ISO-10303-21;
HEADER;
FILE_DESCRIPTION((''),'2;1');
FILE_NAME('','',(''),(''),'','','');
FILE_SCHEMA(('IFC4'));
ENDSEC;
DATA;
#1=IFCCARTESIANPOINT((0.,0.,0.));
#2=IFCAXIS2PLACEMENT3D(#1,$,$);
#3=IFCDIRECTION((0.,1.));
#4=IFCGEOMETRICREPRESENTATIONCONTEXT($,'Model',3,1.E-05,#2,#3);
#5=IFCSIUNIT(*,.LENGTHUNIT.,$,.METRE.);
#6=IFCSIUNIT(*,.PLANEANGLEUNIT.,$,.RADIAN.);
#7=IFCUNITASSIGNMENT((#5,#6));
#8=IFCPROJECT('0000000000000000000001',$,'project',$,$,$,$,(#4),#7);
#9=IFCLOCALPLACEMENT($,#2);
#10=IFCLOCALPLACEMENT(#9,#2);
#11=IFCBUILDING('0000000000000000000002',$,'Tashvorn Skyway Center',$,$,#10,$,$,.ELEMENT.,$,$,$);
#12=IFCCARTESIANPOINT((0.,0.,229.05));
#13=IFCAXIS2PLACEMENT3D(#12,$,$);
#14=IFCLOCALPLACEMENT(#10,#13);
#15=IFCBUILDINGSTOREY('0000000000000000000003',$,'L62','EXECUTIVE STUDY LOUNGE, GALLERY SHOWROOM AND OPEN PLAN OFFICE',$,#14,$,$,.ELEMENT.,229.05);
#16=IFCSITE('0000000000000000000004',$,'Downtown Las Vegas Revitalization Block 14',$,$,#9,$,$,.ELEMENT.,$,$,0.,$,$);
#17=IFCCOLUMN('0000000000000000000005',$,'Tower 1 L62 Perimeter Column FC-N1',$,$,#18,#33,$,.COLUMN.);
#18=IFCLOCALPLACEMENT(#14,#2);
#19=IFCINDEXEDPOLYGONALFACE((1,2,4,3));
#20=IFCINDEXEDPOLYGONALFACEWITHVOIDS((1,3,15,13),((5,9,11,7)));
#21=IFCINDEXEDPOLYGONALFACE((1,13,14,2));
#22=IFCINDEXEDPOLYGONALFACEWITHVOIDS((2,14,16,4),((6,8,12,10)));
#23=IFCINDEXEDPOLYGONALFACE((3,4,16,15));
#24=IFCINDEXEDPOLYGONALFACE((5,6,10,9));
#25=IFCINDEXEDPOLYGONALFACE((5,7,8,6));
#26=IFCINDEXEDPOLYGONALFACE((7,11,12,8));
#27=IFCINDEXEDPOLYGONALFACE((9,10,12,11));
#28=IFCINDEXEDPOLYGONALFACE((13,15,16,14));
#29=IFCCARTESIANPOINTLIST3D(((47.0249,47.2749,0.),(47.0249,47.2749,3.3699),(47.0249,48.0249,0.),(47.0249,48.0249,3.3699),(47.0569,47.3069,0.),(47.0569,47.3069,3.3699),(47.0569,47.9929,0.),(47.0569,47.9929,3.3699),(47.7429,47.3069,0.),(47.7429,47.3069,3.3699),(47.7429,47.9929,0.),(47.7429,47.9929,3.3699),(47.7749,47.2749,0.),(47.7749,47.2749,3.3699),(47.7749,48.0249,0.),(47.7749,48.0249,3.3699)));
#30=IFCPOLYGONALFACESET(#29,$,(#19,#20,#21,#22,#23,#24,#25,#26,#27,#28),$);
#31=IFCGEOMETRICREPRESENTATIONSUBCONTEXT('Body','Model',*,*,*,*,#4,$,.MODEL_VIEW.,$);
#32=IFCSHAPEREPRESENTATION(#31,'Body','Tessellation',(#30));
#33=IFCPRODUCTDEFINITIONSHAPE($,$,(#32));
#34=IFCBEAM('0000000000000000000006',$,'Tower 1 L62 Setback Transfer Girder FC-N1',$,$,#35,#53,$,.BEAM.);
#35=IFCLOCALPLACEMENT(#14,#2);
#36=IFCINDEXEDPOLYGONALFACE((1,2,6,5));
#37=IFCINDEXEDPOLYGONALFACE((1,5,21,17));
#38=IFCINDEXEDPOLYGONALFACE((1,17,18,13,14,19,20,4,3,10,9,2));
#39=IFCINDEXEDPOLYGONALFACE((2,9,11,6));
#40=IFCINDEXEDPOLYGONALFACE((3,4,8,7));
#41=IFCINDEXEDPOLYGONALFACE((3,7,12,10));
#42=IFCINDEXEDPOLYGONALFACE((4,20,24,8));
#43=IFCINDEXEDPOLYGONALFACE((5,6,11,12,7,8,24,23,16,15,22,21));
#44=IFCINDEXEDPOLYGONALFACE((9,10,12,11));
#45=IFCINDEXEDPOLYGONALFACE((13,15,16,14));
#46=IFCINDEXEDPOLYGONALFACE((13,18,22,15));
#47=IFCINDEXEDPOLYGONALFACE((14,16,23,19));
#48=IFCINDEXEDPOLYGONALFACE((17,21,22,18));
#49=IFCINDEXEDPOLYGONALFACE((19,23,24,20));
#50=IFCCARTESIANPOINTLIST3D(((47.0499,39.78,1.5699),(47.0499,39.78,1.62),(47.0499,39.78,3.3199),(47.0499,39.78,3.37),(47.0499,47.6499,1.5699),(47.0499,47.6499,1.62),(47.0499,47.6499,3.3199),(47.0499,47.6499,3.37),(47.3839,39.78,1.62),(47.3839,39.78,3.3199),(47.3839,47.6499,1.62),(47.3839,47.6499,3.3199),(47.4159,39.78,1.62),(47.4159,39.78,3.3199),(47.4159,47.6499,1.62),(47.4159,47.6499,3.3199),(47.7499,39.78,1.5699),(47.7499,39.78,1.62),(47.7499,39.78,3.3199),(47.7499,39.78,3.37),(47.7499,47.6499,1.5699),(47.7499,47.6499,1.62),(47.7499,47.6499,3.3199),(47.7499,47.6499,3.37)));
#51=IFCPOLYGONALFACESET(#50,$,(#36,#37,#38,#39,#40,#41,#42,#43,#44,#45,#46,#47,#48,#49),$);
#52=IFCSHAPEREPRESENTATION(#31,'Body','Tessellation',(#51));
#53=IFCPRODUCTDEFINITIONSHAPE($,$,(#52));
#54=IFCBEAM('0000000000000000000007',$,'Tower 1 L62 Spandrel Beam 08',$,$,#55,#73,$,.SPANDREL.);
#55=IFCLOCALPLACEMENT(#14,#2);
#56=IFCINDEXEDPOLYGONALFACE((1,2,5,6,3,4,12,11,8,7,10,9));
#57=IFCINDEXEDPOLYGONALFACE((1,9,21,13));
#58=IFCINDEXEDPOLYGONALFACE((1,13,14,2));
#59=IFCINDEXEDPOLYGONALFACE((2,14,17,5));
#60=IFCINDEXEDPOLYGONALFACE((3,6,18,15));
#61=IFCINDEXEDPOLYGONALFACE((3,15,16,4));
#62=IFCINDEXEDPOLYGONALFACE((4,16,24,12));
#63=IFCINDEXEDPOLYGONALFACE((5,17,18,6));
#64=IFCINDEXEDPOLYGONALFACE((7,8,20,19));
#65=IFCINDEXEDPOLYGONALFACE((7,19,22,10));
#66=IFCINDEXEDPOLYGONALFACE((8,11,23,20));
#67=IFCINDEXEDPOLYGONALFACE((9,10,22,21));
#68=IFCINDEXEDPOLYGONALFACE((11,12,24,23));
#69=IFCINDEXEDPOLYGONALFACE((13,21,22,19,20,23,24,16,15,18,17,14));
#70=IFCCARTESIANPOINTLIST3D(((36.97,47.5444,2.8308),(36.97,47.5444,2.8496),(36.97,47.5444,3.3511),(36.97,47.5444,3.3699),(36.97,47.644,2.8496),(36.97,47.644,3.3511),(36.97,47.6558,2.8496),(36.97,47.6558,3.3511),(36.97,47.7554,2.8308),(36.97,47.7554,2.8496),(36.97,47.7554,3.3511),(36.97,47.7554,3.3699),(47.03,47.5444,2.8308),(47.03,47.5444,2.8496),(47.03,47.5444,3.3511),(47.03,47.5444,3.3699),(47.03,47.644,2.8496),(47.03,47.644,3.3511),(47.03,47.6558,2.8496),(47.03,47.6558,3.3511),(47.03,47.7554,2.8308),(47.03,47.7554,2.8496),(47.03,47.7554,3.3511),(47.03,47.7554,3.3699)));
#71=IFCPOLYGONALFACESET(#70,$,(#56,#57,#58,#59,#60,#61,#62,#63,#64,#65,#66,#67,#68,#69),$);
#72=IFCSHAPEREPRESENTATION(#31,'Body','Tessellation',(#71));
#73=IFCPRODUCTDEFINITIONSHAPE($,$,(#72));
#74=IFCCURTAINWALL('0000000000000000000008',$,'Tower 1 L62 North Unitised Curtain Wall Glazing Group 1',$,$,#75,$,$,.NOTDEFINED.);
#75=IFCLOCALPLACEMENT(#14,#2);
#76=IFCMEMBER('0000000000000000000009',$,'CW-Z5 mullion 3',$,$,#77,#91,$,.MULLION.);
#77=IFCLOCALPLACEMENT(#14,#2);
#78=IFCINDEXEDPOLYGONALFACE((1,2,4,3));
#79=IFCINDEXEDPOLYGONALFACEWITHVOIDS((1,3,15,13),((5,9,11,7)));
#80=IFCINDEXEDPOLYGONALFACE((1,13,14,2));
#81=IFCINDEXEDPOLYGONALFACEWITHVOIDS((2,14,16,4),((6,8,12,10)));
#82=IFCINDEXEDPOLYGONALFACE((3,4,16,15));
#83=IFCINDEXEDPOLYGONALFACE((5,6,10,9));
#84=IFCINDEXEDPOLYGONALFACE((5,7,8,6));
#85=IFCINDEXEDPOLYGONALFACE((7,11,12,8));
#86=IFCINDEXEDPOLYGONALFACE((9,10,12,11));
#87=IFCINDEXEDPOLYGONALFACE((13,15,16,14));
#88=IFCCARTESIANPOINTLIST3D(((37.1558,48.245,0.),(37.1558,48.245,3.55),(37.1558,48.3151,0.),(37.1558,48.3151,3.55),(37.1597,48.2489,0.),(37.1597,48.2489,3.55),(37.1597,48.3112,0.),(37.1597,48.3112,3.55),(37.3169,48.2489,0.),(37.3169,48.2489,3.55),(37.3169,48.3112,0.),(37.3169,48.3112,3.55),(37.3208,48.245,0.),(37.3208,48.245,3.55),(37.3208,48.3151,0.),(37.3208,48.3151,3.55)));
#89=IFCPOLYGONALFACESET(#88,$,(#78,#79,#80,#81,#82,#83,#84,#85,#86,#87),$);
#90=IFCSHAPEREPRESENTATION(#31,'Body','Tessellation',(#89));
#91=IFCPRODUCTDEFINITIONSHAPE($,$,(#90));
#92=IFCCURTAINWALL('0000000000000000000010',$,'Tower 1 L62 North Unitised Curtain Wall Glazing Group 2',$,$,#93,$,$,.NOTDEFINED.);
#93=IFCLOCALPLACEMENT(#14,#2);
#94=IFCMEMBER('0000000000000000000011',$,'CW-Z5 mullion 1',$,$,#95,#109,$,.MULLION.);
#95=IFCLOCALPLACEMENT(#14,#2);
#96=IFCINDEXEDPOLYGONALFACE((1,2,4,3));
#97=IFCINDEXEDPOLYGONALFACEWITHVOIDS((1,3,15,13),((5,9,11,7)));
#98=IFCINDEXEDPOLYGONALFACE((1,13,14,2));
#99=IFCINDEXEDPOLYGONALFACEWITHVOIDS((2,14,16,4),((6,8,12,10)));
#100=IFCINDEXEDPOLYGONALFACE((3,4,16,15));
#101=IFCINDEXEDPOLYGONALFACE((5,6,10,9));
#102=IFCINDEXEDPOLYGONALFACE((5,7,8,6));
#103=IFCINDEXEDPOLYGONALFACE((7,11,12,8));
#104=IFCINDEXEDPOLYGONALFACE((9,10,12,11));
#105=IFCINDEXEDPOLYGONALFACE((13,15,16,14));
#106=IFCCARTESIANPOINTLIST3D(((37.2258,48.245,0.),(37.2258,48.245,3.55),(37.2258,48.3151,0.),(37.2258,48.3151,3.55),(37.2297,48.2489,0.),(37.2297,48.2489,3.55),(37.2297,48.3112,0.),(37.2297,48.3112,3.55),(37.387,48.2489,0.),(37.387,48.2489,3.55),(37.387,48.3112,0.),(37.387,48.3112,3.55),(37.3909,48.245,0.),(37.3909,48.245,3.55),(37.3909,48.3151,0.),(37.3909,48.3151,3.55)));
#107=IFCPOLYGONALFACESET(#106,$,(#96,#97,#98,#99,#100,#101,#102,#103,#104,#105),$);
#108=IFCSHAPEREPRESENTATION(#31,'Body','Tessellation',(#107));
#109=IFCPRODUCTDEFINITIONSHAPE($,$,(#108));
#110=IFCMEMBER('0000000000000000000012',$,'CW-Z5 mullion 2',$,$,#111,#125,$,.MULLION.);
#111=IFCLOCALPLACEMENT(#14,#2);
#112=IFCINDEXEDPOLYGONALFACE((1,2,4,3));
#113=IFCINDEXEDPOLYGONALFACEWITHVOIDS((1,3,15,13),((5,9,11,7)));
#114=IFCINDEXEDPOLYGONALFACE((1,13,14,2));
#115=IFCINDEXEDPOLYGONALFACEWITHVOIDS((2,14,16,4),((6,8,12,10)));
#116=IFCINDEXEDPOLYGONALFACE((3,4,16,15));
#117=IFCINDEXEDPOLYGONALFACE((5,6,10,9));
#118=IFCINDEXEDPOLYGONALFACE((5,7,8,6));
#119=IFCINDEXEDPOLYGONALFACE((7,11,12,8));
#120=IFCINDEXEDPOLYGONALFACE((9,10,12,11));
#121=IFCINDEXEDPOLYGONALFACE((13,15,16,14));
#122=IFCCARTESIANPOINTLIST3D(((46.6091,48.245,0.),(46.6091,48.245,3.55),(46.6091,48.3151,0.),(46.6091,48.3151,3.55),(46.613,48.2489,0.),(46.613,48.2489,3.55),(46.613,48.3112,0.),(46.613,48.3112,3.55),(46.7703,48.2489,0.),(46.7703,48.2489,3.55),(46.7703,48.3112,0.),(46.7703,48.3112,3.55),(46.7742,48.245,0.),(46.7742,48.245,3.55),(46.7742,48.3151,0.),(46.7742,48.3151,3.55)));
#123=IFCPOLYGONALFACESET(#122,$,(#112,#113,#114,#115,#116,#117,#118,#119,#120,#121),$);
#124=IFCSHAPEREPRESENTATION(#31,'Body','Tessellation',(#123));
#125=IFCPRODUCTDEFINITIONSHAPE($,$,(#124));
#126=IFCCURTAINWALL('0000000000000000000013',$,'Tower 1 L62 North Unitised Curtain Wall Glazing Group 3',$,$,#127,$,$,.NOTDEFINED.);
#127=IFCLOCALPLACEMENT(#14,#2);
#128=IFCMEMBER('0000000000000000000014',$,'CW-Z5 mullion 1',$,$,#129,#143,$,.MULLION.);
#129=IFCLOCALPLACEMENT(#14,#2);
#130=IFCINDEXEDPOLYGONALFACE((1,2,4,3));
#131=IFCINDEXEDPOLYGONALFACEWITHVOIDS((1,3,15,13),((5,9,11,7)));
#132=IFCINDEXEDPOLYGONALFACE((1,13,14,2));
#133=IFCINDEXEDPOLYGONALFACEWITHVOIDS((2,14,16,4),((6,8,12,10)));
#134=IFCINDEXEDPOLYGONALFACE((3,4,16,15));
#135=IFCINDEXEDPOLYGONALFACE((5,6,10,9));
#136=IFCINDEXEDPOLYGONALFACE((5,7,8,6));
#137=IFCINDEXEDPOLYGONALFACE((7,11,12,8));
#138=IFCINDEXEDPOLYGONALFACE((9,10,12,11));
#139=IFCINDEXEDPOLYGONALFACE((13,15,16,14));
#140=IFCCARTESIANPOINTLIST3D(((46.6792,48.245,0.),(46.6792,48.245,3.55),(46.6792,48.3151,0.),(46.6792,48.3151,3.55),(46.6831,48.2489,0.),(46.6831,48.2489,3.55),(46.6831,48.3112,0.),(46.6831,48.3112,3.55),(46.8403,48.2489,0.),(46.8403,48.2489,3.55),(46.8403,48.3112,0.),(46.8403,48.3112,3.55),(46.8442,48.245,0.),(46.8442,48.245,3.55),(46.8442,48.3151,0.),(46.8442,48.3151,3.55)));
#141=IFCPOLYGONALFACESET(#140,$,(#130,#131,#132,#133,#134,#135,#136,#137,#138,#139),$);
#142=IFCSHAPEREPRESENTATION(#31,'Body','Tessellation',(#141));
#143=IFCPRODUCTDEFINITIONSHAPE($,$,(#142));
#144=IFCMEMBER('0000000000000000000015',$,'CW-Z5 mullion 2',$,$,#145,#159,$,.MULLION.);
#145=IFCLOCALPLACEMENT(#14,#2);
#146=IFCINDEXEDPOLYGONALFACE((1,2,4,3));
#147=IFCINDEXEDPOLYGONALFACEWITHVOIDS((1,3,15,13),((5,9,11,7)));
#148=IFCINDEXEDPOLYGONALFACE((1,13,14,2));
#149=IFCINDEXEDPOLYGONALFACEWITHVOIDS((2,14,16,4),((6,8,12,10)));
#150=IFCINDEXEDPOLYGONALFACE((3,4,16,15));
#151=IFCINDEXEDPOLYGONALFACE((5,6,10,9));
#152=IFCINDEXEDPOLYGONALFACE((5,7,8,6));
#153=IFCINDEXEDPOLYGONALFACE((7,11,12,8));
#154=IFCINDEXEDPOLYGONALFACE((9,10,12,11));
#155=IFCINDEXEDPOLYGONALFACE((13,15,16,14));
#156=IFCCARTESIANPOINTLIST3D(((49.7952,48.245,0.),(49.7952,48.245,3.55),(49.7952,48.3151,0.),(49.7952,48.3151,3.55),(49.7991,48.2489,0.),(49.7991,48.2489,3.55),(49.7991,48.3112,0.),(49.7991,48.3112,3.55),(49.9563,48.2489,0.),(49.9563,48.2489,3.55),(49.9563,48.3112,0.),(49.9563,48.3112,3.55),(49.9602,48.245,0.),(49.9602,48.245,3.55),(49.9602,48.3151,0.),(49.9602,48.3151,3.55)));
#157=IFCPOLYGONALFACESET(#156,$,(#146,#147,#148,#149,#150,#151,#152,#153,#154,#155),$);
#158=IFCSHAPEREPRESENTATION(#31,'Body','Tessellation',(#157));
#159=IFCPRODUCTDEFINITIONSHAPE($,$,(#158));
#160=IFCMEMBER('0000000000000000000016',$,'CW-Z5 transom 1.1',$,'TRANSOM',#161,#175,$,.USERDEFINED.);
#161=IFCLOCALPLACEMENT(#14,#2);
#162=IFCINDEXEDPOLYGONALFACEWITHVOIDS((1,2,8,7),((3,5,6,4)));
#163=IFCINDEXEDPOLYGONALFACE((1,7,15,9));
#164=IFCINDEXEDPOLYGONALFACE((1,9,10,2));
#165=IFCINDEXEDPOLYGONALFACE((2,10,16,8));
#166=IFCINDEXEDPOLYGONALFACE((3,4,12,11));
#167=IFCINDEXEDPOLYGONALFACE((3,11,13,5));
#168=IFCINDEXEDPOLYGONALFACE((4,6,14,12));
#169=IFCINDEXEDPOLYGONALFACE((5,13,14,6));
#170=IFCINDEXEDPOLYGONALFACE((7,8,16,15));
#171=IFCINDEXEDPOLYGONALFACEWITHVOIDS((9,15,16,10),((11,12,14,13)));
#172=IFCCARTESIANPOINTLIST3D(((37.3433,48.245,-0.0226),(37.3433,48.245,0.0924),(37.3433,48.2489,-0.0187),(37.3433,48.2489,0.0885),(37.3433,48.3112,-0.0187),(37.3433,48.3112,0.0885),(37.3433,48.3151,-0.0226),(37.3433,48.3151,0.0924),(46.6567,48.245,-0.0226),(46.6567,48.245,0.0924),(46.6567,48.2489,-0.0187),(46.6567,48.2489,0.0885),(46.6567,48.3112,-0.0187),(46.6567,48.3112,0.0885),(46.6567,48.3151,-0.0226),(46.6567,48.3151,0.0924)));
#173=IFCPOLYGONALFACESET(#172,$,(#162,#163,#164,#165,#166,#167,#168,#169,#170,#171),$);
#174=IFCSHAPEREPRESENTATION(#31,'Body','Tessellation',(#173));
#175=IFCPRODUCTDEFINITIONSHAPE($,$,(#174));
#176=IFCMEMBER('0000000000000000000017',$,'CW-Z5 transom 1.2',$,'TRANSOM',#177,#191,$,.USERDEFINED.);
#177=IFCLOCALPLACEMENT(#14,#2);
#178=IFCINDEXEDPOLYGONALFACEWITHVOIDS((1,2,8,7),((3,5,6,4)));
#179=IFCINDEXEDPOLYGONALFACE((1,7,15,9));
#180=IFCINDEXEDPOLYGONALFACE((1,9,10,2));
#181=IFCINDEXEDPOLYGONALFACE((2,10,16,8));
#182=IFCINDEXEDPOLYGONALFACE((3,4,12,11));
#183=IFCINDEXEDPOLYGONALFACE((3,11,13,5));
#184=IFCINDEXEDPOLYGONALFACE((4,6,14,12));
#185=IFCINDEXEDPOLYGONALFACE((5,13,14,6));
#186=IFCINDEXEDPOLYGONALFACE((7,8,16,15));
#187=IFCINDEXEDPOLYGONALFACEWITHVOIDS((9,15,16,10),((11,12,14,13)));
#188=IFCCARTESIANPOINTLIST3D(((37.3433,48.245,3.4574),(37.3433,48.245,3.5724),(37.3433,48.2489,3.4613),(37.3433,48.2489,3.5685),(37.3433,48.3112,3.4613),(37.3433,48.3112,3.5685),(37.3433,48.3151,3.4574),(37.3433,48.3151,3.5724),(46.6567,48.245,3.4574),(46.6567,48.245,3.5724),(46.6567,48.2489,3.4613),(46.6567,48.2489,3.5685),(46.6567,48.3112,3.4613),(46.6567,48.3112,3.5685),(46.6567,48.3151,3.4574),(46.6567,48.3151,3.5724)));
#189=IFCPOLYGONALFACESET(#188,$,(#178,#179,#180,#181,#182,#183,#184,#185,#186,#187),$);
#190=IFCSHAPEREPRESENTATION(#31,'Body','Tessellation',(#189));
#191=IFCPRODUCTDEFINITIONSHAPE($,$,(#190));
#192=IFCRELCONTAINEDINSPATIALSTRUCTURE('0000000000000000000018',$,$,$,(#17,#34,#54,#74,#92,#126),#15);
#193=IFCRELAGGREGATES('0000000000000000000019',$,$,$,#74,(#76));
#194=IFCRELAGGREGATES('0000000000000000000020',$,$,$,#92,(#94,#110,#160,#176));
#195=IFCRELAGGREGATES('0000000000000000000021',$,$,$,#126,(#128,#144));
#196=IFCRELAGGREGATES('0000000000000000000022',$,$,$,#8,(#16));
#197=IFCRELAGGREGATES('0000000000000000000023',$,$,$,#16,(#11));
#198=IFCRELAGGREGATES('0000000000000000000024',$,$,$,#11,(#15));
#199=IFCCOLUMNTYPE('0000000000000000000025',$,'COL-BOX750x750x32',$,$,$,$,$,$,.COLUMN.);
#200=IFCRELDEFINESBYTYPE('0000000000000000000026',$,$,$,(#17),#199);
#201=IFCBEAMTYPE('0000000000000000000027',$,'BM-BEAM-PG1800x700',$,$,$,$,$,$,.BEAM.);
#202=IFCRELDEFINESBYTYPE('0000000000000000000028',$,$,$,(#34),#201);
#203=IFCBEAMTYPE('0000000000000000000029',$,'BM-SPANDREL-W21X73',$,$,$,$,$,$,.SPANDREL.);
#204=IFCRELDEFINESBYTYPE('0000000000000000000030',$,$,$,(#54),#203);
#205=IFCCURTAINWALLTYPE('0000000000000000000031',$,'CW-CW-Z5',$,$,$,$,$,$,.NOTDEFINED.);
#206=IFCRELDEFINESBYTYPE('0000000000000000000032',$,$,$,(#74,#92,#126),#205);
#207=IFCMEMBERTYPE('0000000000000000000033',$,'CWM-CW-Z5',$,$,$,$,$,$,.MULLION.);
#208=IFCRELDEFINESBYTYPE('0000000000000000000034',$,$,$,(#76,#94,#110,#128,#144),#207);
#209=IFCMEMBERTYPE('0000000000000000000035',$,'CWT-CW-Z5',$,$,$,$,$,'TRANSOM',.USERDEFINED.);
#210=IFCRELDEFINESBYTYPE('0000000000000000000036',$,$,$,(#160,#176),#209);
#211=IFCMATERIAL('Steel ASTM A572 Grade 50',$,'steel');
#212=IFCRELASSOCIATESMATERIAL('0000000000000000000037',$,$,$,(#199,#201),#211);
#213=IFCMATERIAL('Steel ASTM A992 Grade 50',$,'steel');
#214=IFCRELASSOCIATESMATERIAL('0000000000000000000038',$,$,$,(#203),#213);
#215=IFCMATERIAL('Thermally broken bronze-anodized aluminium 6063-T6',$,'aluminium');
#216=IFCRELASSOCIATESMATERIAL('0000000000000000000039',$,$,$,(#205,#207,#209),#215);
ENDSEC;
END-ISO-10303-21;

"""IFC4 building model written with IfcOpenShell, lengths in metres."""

from ifc_helpers import new_model, si_unit, direction, frame, origin, origin_2d, place, context, subcontext, project, spatial, hollow_rectangle, i_section, extrude, material, material_profile, profile_set, type_object, element, aggregate, save


model = new_model("IFC4")

# Units and contexts
model_context = context("Model", 3, precision=1e-05, world=origin(), true_north=direction((0.0, 1.0)))
body_context = subcontext(model_context, "Body", "Model", "MODEL_VIEW")
ifc_project = project(units=[si_unit("LENGTHUNIT", "METRE"), si_unit("PLANEANGLEUNIT", "RADIAN")], contexts=[model_context])

# Site, building, storey
site_placement = place(None, origin())
site = spatial("IfcSite", under=ifc_project, at=site_placement, Name="Downtown Las Vegas Revitalization Block 14", CompositionType="ELEMENT", RefElevation=0.0)
building_placement = place(site_placement, origin())
building = spatial("IfcBuilding", under=site, at=building_placement, Name="Tashvorn Skyway Center", CompositionType="ELEMENT")
storey_placement = place(building_placement, frame((0.0, 0.0, 229.05)))
storey = spatial("IfcBuildingStorey", under=building, at=storey_placement, Name="L62", Description="EXECUTIVE STUDY LOUNGE, GALLERY SHOWROOM AND OPEN PLAN OFFICE", CompositionType="ELEMENT", Elevation=229.05)

# Column
ifc_material_1 = material(Name="Steel ASTM A572 Grade 50", Category="steel")
ifc_material_profile_1 = material_profile(ifc_material_1, hollow_rectangle(XDim=0.75, YDim=0.75, WallThickness=0.032, at=origin_2d()), Name="BOX750x750x32")
ifc_profile_set_1 = profile_set([ifc_material_profile_1], Name="Steel ASTM A572 Grade 50")
column_type = type_object("IfcColumnType", Name="COL-BOX750x750x32", PredefinedType="COLUMN", material=ifc_profile_set_1)
column_placement = place(storey_placement, frame((47.3999, 47.6499, 0.0), z_axis=(0.0, 0.0, 1.0), x_axis=(1.0, 0.0, 0.0)))
element("IfcColumn", 1, at=column_placement, inside=storey, type_object=column_type, Name="Tower 1 L62 Perimeter Column FC-N1", PredefinedType="COLUMN", context=body_context, shape_type="SweptSolid", body=[
    extrude(hollow_rectangle(XDim=0.75, YDim=0.75, WallThickness=0.032, at=origin_2d()), origin(), (0.0, 0.0, 1.0), 3.3699),
])

# Beams
ifc_material_profile_2 = material_profile(ifc_material_1, i_section(OverallWidth=0.7, OverallDepth=1.8, WebThickness=0.032, FlangeThickness=0.05, at=origin_2d()), Name="PG1800x700")
ifc_profile_set_2 = profile_set([ifc_material_profile_2], Name="Steel ASTM A572 Grade 50")
beam_type_1 = type_object("IfcBeamType", Name="BM-BEAM-PG1800x700", PredefinedType="BEAM", material=ifc_profile_set_2)
beam_1_placement = place(storey_placement, frame((47.3999, 47.6499, 2.47), z_axis=(0.0, -1.0, 0.0), x_axis=(1.0, 0.0, 0.0)))
element("IfcBeam", 2, at=beam_1_placement, inside=storey, type_object=beam_type_1, Name="Tower 1 L62 Setback Transfer Girder FC-N1", PredefinedType="BEAM", context=body_context, shape_type="SweptSolid", body=[
    extrude(i_section(OverallWidth=0.7, OverallDepth=1.8, WebThickness=0.032, FlangeThickness=0.05, at=origin_2d()), origin(), (0.0, 0.0, 1.0), 7.8699),
])
ifc_material_2 = material(Name="Steel ASTM A992 Grade 50", Category="steel")
ifc_material_profile_3 = material_profile(ifc_material_2, i_section(OverallWidth=0.2109, OverallDepth=0.5391, WebThickness=0.0117, FlangeThickness=0.0188, at=origin_2d()), Name="W21X73")
ifc_profile_set_3 = profile_set([ifc_material_profile_3], Name="Steel ASTM A992 Grade 50")
beam_type_2 = type_object("IfcBeamType", Name="BM-SPANDREL-W21X73", PredefinedType="SPANDREL", material=ifc_profile_set_3)
beam_2_placement = place(storey_placement, frame((47.03, 47.6499, 3.1003), z_axis=(-1.0, 0.0, 0.0), x_axis=(0.0, -1.0, 0.0)))
element("IfcBeam", 3, at=beam_2_placement, inside=storey, type_object=beam_type_2, Name="Tower 1 L62 Spandrel Beam 08", PredefinedType="SPANDREL", context=body_context, shape_type="SweptSolid", body=[
    extrude(i_section(OverallWidth=0.2109, OverallDepth=0.5391, WebThickness=0.0117, FlangeThickness=0.0188, at=origin_2d()), origin(), (0.0, 0.0, 1.0), 10.0601),
])

# Curtain wall, member
ifc_material_3 = material(Name="Thermally broken bronze-anodized aluminium 6063-T6", Category="aluminium")
curtain_wall_type = type_object("IfcCurtainWallType", Name="CW-CW-Z5", PredefinedType="NOTDEFINED", material=ifc_material_3)
curtain_wall_1_placement = place(storey_placement, origin())
curtain_wall_1 = element("IfcCurtainWall", 4, at=curtain_wall_1_placement, inside=storey, type_object=curtain_wall_type, Name="Tower 1 L62 North Unitised Curtain Wall Glazing Group 1", PredefinedType="NOTDEFINED")
ifc_material_profile_4 = material_profile(ifc_material_3, hollow_rectangle(XDim=0.0701, YDim=0.165, WallThickness=0.0039, at=origin_2d()), Name="ALU-MULL-70x165")
ifc_profile_set_4 = profile_set([ifc_material_profile_4], Name="Thermally broken bronze-anodized aluminium 6063-T6")
member_type_1 = type_object("IfcMemberType", Name="CWM-CW-Z5", PredefinedType="MULLION", material=ifc_profile_set_4)
member_1_placement = place(storey_placement, frame((37.2383, 48.28, 0.0), z_axis=(0.0, 0.0, 1.0), x_axis=(0.0, 1.0, 0.0)))
member_1 = element("IfcMember", 5, at=member_1_placement, type_object=member_type_1, Name="CW-Z5 mullion 3", PredefinedType="MULLION", context=body_context, shape_type="SweptSolid", body=[
    extrude(hollow_rectangle(XDim=0.0701, YDim=0.165, WallThickness=0.0039, at=origin_2d()), origin(), (0.0, 0.0, 1.0), 3.55),
])
aggregate(curtain_wall_1, [member_1])

# Curtain walls, members
curtain_wall_2_placement = place(storey_placement, origin())
curtain_wall_2 = element("IfcCurtainWall", 6, at=curtain_wall_2_placement, inside=storey, type_object=curtain_wall_type, Name="Tower 1 L62 North Unitised Curtain Wall Glazing Group 2", PredefinedType="NOTDEFINED")
member_2_placement = place(storey_placement, frame((37.3083, 48.28, 0.0), z_axis=(0.0, 0.0, 1.0), x_axis=(0.0, 1.0, 0.0)))
member_2 = element("IfcMember", 7, at=member_2_placement, type_object=member_type_1, Name="CW-Z5 mullion 1", PredefinedType="MULLION", context=body_context, shape_type="SweptSolid", body=[
    extrude(hollow_rectangle(XDim=0.0701, YDim=0.165, WallThickness=0.0039, at=origin_2d()), origin(), (0.0, 0.0, 1.0), 3.55),
])
member_3_placement = place(storey_placement, frame((46.6917, 48.28, 0.0), z_axis=(0.0, 0.0, 1.0), x_axis=(0.0, 1.0, 0.0)))
member_3 = element("IfcMember", 8, at=member_3_placement, type_object=member_type_1, Name="CW-Z5 mullion 2", PredefinedType="MULLION", context=body_context, shape_type="SweptSolid", body=[
    extrude(hollow_rectangle(XDim=0.0701, YDim=0.165, WallThickness=0.0039, at=origin_2d()), origin(), (0.0, 0.0, 1.0), 3.55),
])
curtain_wall_3_placement = place(storey_placement, origin())
curtain_wall_3 = element("IfcCurtainWall", 9, at=curtain_wall_3_placement, inside=storey, type_object=curtain_wall_type, Name="Tower 1 L62 North Unitised Curtain Wall Glazing Group 3", PredefinedType="NOTDEFINED")
member_4_placement = place(storey_placement, frame((46.7617, 48.28, 0.0), z_axis=(0.0, 0.0, 1.0), x_axis=(0.0, 1.0, 0.0)))
member_4 = element("IfcMember", 10, at=member_4_placement, type_object=member_type_1, Name="CW-Z5 mullion 1", PredefinedType="MULLION", context=body_context, shape_type="SweptSolid", body=[
    extrude(hollow_rectangle(XDim=0.0701, YDim=0.165, WallThickness=0.0039, at=origin_2d()), origin(), (0.0, 0.0, 1.0), 3.55),
])
member_5_placement = place(storey_placement, frame((49.8777, 48.28, 0.0), z_axis=(0.0, 0.0, 1.0), x_axis=(0.0, 1.0, 0.0)))
member_5 = element("IfcMember", 11, at=member_5_placement, type_object=member_type_1, Name="CW-Z5 mullion 2", PredefinedType="MULLION", context=body_context, shape_type="SweptSolid", body=[
    extrude(hollow_rectangle(XDim=0.0701, YDim=0.165, WallThickness=0.0039, at=origin_2d()), origin(), (0.0, 0.0, 1.0), 3.55),
])

# Members
ifc_material_profile_5 = material_profile(ifc_material_3, hollow_rectangle(XDim=0.0701, YDim=0.115, WallThickness=0.0039, at=origin_2d()), Name="ALU-TRAN-70x115")
ifc_profile_set_5 = profile_set([ifc_material_profile_5], Name="Thermally broken bronze-anodized aluminium 6063-T6")
member_type_2 = type_object("IfcMemberType", Name="CWT-CW-Z5", ElementType="TRANSOM", PredefinedType="USERDEFINED", material=ifc_profile_set_5)
member_6_placement = place(storey_placement, frame((37.3433, 48.28, 0.0349), z_axis=(1.0, 0.0, 0.0), x_axis=(0.0, 1.0, 0.0)))
member_6 = element("IfcMember", 12, at=member_6_placement, type_object=member_type_2, Name="CW-Z5 transom 1.1", ObjectType="TRANSOM", PredefinedType="USERDEFINED", context=body_context, shape_type="SweptSolid", body=[
    extrude(hollow_rectangle(XDim=0.0701, YDim=0.115, WallThickness=0.0039, at=origin_2d()), origin(), (0.0, 0.0, 1.0), 9.3135),
])
member_7_placement = place(storey_placement, frame((37.3433, 48.28, 3.5149), z_axis=(1.0, 0.0, 0.0), x_axis=(0.0, 1.0, 0.0)))
member_7 = element("IfcMember", 13, at=member_7_placement, type_object=member_type_2, Name="CW-Z5 transom 1.2", ObjectType="TRANSOM", PredefinedType="USERDEFINED", context=body_context, shape_type="SweptSolid", body=[
    extrude(hollow_rectangle(XDim=0.0701, YDim=0.115, WallThickness=0.0039, at=origin_2d()), origin(), (0.0, 0.0, 1.0), 9.3135),
])

aggregate(curtain_wall_2, [member_2, member_3, member_6, member_7])
aggregate(curtain_wall_3, [member_4, member_5])

save(model, "model.ifc")
